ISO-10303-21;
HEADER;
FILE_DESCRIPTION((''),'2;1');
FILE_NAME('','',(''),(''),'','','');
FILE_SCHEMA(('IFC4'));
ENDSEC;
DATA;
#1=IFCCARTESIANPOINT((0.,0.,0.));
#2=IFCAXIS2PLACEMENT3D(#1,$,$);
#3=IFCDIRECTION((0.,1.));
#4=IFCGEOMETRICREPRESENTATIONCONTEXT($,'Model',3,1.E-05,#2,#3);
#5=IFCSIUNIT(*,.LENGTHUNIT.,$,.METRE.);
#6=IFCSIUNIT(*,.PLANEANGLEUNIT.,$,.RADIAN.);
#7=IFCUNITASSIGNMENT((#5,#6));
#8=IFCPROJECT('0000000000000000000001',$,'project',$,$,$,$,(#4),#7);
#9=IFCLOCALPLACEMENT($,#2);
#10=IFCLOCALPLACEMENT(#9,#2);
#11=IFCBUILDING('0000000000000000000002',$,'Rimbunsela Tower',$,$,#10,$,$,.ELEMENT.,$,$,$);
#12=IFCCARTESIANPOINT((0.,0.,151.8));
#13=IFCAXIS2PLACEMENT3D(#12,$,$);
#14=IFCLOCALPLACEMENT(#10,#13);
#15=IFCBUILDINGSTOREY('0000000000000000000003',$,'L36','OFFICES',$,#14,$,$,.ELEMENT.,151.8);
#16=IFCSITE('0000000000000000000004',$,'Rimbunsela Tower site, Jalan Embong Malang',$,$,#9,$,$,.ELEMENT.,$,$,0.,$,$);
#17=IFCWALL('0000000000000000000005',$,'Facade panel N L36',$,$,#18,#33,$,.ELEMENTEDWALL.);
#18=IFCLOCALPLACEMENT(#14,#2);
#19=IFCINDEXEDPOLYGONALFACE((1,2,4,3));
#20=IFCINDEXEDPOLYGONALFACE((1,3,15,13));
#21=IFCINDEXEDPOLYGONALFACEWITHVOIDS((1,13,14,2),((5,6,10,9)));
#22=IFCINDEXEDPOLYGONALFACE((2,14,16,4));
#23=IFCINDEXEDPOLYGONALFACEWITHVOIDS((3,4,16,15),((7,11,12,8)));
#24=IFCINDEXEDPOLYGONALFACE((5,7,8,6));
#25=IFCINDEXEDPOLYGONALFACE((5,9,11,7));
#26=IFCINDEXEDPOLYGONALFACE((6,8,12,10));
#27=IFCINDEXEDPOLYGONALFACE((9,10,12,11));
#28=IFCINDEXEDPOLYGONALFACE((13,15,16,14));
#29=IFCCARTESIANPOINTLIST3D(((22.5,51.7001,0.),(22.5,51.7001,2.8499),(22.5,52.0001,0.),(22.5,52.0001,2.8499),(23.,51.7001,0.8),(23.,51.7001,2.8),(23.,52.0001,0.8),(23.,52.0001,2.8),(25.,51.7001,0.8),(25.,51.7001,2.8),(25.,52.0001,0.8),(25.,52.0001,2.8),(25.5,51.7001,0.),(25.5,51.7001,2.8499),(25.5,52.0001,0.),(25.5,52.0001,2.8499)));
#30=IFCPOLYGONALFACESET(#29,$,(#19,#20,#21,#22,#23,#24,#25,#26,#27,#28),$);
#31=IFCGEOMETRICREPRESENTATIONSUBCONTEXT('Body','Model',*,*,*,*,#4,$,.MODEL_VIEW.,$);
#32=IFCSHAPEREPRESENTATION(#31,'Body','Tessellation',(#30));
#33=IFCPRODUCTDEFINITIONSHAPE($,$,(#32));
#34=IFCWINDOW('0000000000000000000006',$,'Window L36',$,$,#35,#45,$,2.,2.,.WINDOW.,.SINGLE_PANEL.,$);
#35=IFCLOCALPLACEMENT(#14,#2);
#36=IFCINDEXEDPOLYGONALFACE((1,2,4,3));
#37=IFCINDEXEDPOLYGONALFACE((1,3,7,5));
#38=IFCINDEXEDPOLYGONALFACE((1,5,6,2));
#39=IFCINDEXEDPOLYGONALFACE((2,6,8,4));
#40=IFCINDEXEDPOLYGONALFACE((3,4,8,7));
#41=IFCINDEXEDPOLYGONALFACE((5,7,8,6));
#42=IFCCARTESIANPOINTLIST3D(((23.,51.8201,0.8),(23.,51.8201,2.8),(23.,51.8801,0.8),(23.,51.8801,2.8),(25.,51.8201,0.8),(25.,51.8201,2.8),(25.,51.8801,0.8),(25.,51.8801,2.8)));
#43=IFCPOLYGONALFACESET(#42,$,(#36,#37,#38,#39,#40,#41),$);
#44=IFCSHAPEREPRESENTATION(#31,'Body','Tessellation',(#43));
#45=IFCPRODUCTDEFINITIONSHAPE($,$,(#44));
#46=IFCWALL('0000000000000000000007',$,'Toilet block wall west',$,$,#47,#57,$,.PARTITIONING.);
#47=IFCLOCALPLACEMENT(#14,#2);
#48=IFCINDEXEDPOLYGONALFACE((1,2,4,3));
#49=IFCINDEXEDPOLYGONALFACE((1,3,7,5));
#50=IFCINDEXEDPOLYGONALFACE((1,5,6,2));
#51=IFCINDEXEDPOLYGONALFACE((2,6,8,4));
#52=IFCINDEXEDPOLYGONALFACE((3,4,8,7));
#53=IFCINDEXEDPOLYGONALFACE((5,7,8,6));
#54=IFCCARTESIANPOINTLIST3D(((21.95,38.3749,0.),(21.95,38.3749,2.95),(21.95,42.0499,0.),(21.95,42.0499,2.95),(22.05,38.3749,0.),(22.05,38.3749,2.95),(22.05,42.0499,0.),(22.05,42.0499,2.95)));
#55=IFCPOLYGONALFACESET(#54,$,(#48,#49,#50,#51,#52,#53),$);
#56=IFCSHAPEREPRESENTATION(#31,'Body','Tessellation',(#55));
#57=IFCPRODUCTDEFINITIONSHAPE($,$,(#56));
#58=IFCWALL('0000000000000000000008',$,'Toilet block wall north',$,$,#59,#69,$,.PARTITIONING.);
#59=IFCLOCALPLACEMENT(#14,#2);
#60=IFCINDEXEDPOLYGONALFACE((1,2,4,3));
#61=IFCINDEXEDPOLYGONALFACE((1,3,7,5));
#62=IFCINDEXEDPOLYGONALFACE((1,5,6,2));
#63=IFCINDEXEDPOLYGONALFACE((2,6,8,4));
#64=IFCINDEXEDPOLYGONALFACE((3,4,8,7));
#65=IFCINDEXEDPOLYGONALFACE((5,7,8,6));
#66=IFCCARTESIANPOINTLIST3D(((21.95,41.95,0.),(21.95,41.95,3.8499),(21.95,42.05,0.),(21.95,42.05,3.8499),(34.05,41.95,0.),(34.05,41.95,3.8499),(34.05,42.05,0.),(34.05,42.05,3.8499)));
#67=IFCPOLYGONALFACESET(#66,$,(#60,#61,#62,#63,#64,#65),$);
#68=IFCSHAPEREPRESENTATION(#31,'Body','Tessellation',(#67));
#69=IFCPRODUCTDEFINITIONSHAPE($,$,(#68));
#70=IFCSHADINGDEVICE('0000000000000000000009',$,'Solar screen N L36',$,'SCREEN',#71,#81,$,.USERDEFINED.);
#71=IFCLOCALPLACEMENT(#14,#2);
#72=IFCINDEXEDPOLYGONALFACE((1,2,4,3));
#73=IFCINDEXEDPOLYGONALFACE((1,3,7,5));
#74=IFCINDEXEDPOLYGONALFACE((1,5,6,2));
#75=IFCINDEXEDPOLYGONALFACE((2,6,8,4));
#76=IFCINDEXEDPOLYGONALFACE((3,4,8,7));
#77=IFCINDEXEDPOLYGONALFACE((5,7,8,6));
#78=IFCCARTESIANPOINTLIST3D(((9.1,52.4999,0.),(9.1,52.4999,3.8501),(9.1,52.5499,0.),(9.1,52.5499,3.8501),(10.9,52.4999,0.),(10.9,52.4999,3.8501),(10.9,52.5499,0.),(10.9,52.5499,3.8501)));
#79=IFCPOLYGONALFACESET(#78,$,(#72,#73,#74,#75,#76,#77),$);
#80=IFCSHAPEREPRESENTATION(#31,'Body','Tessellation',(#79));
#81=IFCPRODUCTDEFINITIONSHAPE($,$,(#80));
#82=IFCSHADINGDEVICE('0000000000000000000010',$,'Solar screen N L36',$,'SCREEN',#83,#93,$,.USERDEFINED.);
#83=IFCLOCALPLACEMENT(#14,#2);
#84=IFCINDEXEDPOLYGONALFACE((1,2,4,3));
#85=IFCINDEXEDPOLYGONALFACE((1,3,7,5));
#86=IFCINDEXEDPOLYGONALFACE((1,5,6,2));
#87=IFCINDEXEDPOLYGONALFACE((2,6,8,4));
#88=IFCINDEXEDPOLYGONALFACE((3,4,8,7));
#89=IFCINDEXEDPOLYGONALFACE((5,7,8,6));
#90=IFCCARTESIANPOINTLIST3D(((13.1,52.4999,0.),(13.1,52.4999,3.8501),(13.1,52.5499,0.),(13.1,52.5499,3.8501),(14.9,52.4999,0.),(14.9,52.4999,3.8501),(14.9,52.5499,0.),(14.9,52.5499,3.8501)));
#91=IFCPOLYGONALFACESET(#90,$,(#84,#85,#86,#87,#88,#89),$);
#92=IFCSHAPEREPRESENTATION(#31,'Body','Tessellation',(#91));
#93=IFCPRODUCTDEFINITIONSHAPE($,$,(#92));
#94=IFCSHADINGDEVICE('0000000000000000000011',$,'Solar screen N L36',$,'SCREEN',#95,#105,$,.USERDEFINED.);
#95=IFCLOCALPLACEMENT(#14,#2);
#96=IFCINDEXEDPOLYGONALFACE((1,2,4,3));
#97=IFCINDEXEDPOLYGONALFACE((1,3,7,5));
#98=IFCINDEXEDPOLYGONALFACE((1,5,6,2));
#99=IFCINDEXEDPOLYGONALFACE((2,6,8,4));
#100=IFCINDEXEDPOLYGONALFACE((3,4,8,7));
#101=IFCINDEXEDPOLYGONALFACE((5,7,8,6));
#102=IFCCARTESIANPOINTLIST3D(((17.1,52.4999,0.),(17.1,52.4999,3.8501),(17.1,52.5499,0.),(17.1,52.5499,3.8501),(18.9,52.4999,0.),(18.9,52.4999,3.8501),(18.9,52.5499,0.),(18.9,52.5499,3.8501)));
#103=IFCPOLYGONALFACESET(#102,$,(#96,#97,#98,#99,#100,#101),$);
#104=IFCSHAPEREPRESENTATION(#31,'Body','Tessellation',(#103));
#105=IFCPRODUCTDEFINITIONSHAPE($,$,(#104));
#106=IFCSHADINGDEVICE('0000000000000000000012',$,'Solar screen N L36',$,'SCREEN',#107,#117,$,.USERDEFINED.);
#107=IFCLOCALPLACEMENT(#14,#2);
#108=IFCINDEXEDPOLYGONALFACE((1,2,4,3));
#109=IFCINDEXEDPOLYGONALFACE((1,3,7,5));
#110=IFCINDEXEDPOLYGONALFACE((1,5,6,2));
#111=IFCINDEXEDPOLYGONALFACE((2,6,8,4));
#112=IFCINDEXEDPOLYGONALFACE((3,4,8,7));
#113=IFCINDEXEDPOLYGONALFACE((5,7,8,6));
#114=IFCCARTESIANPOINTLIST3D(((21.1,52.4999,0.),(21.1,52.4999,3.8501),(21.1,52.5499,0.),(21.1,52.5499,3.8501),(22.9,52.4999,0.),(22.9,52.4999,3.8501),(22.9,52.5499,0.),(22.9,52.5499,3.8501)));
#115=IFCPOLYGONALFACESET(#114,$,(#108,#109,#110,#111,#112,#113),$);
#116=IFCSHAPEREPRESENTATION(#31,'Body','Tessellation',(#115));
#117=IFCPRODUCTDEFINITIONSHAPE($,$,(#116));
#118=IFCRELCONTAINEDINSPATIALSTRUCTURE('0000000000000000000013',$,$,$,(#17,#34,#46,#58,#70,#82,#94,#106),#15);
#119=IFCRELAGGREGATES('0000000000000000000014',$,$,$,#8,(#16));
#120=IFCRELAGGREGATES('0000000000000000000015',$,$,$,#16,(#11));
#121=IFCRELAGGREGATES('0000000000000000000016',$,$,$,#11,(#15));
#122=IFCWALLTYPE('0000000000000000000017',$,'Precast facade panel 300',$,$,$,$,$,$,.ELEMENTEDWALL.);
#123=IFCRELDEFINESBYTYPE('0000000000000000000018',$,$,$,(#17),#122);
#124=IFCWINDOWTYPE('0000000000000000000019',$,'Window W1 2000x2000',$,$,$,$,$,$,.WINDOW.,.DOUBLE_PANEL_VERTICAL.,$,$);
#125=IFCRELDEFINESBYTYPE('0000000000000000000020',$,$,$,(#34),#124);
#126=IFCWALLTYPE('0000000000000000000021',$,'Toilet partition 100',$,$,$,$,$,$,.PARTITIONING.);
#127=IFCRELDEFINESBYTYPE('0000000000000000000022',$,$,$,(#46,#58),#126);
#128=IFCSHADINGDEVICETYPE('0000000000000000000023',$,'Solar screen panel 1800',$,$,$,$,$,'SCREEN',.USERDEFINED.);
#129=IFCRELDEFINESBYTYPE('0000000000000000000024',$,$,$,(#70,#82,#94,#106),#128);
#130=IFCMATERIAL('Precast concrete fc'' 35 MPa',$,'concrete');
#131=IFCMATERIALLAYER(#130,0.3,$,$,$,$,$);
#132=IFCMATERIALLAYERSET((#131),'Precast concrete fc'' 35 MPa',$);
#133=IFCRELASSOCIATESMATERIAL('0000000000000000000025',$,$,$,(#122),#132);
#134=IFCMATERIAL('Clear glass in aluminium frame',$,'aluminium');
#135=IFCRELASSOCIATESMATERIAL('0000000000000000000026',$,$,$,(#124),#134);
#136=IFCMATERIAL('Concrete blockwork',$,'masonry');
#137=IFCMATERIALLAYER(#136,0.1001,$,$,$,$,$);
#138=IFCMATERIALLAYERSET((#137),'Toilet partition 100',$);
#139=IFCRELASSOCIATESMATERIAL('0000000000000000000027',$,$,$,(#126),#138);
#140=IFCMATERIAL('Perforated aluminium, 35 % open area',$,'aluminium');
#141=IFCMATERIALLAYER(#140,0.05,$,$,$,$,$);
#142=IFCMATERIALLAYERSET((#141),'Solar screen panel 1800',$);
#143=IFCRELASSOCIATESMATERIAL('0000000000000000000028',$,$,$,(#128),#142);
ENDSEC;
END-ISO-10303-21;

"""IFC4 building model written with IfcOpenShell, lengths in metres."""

from ifc_helpers import new_model, si_unit, direction, frame, frame_2d, origin, origin_2d, place, context, subcontext, project, spatial, rectangle, extrude, material, layer, layer_set, type_object, element, fill, save


model = new_model("IFC4")

# Units and contexts
model_context = context("Model", 3, precision=1e-05, world=origin(), true_north=direction((0.0, 1.0)))
body_context = subcontext(model_context, "Body", "Model", "MODEL_VIEW")
ifc_project = project(units=[si_unit("LENGTHUNIT", "METRE"), si_unit("PLANEANGLEUNIT", "RADIAN")], contexts=[model_context])

# Site, building, storey
site_placement = place(None, origin())
site = spatial("IfcSite", under=ifc_project, at=site_placement, Name="Rimbunsela Tower site, Jalan Embong Malang", CompositionType="ELEMENT", RefElevation=0.0)
building_placement = place(site_placement, origin())
building = spatial("IfcBuilding", under=site, at=building_placement, Name="Rimbunsela Tower", CompositionType="ELEMENT")
storey_placement = place(building_placement, frame((0.0, 0.0, 151.8)))
storey = spatial("IfcBuildingStorey", under=building, at=storey_placement, Name="L36", Description="OFFICES", CompositionType="ELEMENT", Elevation=151.8)

# Shared definitions
ifc_material_1 = material(Name="Precast concrete fc' 35 MPa", Category="concrete")
ifc_layer_1 = layer(ifc_material_1, 0.3)
ifc_layer_set_1 = layer_set([ifc_layer_1], Name="Precast concrete fc' 35 MPa")
wall_type_1 = type_object("IfcWallType", Name="Precast facade panel 300", PredefinedType="ELEMENTEDWALL", material=ifc_layer_set_1)

# Wall, opening, window
ifc_material_2 = material(Name="Clear glass in aluminium frame", Category="aluminium")
window_type = type_object("IfcWindowType", Name="Window W1 2000x2000", PartitioningType="DOUBLE_PANEL_VERTICAL", PredefinedType="WINDOW", material=ifc_material_2)
wall_1_placement = place(storey_placement, frame((25.5, 51.8501, 0.0), z_axis=(0.0, 0.0, 1.0), x_axis=(-1.0, 0.0, 0.0)))
wall_1 = element("IfcWall", 1, at=wall_1_placement, inside=storey, type_object=wall_type_1, Name="Facade panel N L36", PredefinedType="ELEMENTEDWALL", context=body_context, shape_type="SweptSolid", body=[
    extrude(rectangle(XDim=3.0, YDim=0.3, at=frame_2d((1.5, 0.0))), origin(), (0.0, 0.0, 1.0), 2.8499),
])
opening_1_placement = place(wall_1_placement, frame((0.5, 0.0, 0.8)))
opening_1 = element("IfcOpeningElement", 2, at=opening_1_placement, cuts=wall_1, PredefinedType="OPENING", context=body_context, shape_type="SweptSolid", body=[
    extrude(rectangle(XDim=2.0, YDim=2.0, at=frame_2d((1.0, 1.0))), frame((0.0, 0.1599, 0.0), z_axis=(0.0, -1.0, 0.0), x_axis=(1.0, 0.0, 0.0)), (0.0, 0.0, 1.0), 0.3201),
])
window_1_placement = place(opening_1_placement, origin())
window_1 = element("IfcWindow", 3, at=window_1_placement, inside=storey, type_object=window_type, Name="Window L36", OverallHeight=2.0, OverallWidth=2.0, PartitioningType="SINGLE_PANEL", PredefinedType="WINDOW", context=body_context, shape_type="SweptSolid", body=[
    extrude(rectangle(XDim=2.0, YDim=2.0, at=frame_2d((1.0, 1.0))), frame((0.0, 0.03, 0.0), z_axis=(0.0, -1.0, 0.0), x_axis=(1.0, 0.0, 0.0)), (0.0, 0.0, 1.0), 0.0601),
])
fill(opening_1, window_1)

# Walls
ifc_material_3 = material(Name="Concrete blockwork", Category="masonry")
ifc_layer_2 = layer(ifc_material_3, 0.1001)
ifc_layer_set_2 = layer_set([ifc_layer_2], Name="Toilet partition 100")
wall_type_2 = type_object("IfcWallType", Name="Toilet partition 100", PredefinedType="PARTITIONING", material=ifc_layer_set_2)
wall_2_placement = place(storey_placement, frame((22.0, 38.375, 0.0), z_axis=(0.0, 0.0, 1.0), x_axis=(0.0, 1.0, 0.0)))
element("IfcWall", 4, at=wall_2_placement, inside=storey, type_object=wall_type_2, Name="Toilet block wall west", PredefinedType="PARTITIONING", context=body_context, shape_type="SweptSolid", body=[
    extrude(rectangle(XDim=3.675, YDim=0.1001, at=frame_2d((1.8374, 0.0))), origin(), (0.0, 0.0, 1.0), 2.95),
])
wall_3_placement = place(storey_placement, frame((21.95, 42.0, 0.0), z_axis=(0.0, 0.0, 1.0), x_axis=(1.0, 0.0, 0.0)))
element("IfcWall", 5, at=wall_3_placement, inside=storey, type_object=wall_type_2, Name="Toilet block wall north", PredefinedType="PARTITIONING", context=body_context, shape_type="SweptSolid", body=[
    extrude(rectangle(XDim=12.1001, YDim=0.1001, at=frame_2d((6.05, 0.0))), origin(), (0.0, 0.0, 1.0), 3.8499),
])

# Shading devices
ifc_material_4 = material(Name="Perforated aluminium, 35 % open area", Category="aluminium")
ifc_layer_3 = layer(ifc_material_4, 0.05)
ifc_layer_set_3 = layer_set([ifc_layer_3], Name="Solar screen panel 1800")
shading_device_type = type_object("IfcShadingDeviceType", Name="Solar screen panel 1800", ElementType="SCREEN", PredefinedType="USERDEFINED", material=ifc_layer_set_3)
for number, where, z_axis, x_axis, name in (
    (6, (10.0, 52.5249, 0.0), (0.0, 0.0, 1.0), (1.0, 0.0, 0.0), "Solar screen N L36"),
    (7, (14.0, 52.5249, 0.0), (0.0, 0.0, 1.0), (1.0, 0.0, 0.0), "Solar screen N L36"),
    (8, (18.0, 52.5249, 0.0), (0.0, 0.0, 1.0), (1.0, 0.0, 0.0), "Solar screen N L36"),
    (9, (22.0, 52.5249, 0.0), (0.0, 0.0, 1.0), (1.0, 0.0, 0.0), "Solar screen N L36"),
):
    element("IfcShadingDevice", number, at=place(storey_placement, frame(where, z_axis=z_axis, x_axis=x_axis)), inside=storey, type_object=shading_device_type, Name=name, ObjectType="SCREEN", PredefinedType="USERDEFINED", context=body_context, shape_type="SweptSolid", body=[
        extrude(rectangle(XDim=1.8, YDim=0.05, at=origin_2d()), origin(), (0.0, 0.0, 1.0), 3.8501),
    ])

save(model, "model.ifc")
